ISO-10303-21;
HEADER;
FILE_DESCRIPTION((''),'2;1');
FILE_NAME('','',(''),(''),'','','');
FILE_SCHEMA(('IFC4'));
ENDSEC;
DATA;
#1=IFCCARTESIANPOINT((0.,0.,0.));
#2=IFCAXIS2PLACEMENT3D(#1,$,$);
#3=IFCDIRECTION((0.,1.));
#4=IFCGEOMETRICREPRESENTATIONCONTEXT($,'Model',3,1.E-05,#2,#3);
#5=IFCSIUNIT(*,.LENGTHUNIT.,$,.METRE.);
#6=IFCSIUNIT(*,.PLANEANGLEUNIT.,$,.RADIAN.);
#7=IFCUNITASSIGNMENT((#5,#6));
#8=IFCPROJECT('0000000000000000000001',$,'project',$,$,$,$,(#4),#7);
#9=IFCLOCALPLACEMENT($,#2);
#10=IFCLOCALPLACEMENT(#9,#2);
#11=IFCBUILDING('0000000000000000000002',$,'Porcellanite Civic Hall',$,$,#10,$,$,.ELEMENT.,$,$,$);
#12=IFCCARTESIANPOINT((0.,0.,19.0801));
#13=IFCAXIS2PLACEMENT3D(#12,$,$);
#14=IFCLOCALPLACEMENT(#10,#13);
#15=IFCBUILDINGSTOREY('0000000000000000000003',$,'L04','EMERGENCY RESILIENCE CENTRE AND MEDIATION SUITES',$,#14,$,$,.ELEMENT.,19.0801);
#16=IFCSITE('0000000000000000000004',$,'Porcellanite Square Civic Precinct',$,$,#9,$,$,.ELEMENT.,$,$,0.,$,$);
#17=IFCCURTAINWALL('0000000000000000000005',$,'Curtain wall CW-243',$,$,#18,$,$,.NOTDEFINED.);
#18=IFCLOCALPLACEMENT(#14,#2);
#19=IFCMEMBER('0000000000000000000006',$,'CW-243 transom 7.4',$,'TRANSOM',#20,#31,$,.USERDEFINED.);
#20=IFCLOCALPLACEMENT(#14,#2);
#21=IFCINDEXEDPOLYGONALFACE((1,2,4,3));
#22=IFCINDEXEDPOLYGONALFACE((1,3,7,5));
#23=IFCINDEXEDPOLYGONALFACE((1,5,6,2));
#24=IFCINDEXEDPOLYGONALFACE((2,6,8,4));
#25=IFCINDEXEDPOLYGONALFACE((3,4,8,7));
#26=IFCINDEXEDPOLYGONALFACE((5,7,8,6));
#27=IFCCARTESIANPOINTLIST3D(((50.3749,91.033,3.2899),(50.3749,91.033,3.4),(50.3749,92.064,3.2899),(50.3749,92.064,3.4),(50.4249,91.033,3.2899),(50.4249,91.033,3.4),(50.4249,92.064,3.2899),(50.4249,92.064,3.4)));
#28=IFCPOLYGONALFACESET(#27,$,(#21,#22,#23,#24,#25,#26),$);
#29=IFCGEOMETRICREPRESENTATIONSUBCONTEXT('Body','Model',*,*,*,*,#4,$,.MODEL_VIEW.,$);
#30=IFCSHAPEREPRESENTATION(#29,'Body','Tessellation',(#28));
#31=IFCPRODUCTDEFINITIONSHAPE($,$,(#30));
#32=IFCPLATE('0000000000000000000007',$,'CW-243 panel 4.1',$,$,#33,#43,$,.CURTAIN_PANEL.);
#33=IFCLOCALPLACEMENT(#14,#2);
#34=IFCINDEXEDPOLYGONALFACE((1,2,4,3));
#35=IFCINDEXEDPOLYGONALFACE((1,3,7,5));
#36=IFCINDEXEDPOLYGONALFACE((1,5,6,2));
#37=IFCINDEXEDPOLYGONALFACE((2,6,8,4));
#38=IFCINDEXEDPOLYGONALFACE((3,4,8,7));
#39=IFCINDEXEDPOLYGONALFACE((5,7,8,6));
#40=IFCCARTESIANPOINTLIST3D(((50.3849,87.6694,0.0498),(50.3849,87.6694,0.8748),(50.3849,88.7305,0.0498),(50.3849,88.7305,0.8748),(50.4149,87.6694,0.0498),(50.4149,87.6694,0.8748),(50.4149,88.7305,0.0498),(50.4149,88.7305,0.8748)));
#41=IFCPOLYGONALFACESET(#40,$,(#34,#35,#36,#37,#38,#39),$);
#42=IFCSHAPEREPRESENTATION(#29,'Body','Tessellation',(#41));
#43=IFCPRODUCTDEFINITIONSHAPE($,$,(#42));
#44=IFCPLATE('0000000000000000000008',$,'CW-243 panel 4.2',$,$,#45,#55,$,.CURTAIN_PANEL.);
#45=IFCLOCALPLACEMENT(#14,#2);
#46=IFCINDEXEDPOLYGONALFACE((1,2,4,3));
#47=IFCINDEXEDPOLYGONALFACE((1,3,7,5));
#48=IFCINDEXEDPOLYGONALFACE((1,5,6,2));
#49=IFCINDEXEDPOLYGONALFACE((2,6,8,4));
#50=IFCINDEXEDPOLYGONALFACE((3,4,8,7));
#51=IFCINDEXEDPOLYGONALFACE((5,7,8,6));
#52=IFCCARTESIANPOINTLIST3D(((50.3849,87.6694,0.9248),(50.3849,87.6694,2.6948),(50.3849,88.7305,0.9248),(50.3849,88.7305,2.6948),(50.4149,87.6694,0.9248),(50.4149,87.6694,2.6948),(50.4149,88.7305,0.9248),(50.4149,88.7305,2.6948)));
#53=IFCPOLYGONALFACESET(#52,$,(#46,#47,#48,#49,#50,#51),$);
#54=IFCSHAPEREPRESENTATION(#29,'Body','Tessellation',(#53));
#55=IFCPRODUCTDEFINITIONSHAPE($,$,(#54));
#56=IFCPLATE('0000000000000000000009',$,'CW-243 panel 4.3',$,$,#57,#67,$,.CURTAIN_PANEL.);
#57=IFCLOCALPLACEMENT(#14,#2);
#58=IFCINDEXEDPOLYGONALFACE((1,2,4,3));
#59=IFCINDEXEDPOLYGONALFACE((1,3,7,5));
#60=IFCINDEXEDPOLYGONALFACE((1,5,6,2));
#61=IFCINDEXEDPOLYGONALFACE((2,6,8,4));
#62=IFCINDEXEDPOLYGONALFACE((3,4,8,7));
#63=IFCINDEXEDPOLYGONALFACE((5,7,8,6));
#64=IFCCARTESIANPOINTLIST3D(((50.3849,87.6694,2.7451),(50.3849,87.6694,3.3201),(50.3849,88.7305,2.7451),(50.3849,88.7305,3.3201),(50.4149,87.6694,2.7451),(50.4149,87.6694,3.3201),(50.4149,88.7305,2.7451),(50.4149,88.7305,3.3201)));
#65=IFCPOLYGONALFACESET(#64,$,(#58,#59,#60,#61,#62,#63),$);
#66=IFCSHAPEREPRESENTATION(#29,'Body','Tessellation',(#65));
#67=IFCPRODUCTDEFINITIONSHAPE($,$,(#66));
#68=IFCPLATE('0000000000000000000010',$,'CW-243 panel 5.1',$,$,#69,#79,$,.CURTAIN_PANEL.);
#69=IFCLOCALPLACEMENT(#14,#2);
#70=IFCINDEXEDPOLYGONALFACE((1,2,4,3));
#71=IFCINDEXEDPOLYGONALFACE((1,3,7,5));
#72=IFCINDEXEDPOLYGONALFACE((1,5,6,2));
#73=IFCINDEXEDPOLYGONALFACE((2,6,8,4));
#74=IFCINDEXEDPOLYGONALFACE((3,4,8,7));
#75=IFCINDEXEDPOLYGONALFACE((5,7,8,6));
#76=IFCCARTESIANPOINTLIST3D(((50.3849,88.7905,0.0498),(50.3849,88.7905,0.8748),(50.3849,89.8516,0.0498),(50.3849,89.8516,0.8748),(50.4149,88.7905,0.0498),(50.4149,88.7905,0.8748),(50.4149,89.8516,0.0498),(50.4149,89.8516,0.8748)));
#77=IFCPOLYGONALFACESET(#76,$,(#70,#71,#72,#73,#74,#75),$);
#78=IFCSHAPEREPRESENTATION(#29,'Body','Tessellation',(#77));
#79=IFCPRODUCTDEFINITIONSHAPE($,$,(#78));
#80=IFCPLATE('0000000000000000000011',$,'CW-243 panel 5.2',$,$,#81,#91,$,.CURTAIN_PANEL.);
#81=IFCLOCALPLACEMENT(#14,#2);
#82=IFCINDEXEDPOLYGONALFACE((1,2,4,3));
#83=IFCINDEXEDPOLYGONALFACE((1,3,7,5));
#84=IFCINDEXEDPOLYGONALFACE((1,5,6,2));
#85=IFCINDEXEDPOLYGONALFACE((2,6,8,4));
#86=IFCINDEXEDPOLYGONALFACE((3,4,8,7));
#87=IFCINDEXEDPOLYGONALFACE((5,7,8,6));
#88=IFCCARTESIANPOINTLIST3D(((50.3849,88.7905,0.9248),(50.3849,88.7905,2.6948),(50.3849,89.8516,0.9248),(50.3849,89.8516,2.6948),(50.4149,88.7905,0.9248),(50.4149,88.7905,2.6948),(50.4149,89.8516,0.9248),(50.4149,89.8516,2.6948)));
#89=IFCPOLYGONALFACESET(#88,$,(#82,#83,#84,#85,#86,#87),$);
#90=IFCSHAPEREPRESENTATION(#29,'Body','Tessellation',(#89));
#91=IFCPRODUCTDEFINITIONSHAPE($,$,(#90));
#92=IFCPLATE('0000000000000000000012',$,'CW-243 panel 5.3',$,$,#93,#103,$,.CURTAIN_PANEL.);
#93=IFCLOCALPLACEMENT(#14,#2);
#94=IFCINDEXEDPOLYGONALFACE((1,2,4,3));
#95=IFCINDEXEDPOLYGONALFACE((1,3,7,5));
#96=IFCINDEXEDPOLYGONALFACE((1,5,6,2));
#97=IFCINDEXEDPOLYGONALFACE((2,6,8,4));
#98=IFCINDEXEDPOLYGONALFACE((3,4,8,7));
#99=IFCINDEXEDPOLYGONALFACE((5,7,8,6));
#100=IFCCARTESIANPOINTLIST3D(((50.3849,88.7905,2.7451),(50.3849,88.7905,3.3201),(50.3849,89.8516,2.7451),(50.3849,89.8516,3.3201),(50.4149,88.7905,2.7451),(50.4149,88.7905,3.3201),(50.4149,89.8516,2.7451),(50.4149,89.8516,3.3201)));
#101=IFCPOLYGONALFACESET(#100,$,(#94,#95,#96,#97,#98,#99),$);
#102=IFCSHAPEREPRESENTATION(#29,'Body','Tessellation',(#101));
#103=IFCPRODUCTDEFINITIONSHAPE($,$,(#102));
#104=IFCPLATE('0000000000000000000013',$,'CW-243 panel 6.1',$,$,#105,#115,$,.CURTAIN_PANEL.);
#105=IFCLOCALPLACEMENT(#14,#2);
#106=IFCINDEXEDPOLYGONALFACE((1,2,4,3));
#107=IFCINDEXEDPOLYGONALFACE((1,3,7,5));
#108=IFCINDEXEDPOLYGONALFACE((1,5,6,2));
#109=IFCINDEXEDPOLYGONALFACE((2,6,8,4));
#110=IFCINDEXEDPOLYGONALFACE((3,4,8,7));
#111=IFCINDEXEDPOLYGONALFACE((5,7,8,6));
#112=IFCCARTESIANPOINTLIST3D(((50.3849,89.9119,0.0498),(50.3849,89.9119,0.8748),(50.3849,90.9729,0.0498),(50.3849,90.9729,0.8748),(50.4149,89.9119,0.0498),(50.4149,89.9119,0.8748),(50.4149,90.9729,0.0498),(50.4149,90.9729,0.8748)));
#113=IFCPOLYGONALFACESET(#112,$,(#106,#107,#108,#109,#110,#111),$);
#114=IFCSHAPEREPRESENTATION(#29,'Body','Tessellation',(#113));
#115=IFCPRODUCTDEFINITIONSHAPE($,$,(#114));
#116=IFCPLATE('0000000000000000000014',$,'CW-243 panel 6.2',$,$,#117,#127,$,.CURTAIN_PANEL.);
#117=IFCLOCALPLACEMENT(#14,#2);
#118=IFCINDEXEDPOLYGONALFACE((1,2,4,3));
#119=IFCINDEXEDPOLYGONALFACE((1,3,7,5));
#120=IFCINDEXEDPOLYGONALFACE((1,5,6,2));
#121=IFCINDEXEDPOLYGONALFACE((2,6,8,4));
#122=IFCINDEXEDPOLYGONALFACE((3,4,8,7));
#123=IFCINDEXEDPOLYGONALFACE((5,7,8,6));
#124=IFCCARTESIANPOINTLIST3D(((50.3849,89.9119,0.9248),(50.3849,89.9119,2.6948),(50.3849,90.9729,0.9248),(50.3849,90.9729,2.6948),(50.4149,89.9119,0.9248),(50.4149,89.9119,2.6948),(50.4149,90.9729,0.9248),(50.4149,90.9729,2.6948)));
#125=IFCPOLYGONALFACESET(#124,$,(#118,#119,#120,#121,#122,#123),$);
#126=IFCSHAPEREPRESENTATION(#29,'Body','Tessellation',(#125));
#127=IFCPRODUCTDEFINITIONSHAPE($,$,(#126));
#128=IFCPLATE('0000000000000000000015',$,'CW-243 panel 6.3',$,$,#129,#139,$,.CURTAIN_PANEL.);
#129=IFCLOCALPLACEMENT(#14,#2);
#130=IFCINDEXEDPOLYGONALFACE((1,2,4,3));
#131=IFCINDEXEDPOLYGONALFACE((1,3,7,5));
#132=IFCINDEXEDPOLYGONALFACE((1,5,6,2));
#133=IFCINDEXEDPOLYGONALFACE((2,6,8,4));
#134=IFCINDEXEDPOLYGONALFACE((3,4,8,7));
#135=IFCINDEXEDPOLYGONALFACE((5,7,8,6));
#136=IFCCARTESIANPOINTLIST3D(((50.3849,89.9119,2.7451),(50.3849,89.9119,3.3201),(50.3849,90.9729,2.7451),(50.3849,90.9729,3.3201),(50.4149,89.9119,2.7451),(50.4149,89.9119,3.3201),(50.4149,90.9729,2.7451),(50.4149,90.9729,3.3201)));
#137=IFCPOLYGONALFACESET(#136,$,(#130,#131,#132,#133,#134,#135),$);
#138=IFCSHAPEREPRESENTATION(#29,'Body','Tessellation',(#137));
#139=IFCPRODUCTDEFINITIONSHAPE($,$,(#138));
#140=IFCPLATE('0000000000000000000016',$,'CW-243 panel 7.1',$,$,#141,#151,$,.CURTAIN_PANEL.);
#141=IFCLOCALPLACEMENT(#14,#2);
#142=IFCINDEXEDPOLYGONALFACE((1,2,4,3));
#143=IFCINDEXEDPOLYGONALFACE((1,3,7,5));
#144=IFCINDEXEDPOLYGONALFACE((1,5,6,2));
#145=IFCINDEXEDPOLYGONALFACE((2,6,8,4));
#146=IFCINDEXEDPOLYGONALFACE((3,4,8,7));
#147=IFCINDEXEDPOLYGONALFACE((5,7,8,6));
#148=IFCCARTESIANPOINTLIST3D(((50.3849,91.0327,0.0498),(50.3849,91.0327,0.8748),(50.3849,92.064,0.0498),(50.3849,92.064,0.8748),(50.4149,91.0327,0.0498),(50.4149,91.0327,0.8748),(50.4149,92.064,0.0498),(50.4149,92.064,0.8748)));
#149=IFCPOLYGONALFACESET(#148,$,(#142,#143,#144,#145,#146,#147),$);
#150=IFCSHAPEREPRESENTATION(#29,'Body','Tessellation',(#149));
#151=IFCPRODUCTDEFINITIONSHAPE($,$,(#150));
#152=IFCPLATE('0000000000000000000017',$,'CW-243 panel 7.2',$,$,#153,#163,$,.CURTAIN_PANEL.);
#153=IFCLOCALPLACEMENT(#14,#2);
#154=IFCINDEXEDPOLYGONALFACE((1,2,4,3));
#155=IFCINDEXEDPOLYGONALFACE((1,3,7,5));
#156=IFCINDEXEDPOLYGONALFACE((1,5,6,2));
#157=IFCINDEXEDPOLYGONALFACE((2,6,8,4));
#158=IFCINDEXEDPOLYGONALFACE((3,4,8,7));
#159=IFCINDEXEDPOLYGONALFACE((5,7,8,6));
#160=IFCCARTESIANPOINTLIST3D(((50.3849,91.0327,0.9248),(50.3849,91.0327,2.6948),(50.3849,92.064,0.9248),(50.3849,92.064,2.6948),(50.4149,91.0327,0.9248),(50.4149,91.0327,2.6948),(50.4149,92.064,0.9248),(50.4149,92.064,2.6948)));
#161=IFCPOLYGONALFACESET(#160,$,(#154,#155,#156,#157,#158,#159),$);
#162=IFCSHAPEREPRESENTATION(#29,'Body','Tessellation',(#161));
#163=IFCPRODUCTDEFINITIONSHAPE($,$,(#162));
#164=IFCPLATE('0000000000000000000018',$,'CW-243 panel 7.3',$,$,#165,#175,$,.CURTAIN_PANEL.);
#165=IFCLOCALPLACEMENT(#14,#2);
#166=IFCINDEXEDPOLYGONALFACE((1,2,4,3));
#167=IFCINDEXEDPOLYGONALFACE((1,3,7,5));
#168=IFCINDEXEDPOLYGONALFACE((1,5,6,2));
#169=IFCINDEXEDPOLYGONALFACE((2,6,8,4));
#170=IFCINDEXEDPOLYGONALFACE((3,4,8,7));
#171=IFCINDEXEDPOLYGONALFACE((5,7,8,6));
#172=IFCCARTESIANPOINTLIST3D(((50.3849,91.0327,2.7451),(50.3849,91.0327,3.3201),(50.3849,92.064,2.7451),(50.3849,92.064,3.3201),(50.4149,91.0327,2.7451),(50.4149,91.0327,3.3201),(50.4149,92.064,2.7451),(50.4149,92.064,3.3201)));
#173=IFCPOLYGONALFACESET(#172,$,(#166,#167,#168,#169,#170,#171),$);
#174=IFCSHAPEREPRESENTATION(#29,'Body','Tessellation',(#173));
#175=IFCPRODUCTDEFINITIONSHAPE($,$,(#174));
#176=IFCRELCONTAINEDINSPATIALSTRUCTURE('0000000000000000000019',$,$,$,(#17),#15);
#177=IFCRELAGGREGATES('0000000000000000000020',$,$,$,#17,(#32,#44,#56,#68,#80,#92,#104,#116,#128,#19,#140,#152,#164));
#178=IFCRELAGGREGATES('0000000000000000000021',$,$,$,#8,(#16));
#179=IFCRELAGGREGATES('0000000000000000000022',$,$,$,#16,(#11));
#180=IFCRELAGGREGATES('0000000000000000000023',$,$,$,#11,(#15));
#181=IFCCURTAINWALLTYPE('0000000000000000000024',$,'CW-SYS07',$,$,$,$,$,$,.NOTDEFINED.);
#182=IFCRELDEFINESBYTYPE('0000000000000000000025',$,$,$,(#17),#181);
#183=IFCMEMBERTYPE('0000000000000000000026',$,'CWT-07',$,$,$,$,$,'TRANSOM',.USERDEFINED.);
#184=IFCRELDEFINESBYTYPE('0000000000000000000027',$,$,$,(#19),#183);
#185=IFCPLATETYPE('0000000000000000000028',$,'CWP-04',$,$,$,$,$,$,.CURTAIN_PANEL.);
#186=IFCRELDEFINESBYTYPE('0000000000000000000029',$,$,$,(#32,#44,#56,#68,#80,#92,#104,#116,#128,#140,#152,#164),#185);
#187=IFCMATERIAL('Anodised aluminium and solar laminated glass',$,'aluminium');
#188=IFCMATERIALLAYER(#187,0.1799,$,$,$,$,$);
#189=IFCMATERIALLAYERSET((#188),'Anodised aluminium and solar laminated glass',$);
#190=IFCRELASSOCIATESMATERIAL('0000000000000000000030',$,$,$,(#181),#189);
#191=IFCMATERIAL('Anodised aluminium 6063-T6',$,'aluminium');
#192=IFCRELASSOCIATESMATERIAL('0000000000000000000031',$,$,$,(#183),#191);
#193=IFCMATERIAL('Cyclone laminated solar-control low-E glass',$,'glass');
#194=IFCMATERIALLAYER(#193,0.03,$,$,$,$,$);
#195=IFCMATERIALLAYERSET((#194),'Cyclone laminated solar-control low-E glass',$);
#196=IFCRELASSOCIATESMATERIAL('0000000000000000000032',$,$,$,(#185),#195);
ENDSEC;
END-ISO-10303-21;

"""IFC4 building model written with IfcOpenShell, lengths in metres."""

from ifc_helpers import new_model, si_unit, direction, frame, origin, origin_2d, place, context, subcontext, project, spatial, rectangle, extrude, material, layer, layer_set, material_profile, profile_set, type_object, element, aggregate, save


model = new_model("IFC4")

# Units and contexts
model_context = context("Model", 3, precision=1e-05, world=origin(), true_north=direction((0.0, 1.0)))
body_context = subcontext(model_context, "Body", "Model", "MODEL_VIEW")
ifc_project = project(units=[si_unit("LENGTHUNIT", "METRE"), si_unit("PLANEANGLEUNIT", "RADIAN")], contexts=[model_context])

# Site, building, storey
site_placement = place(None, origin())
site = spatial("IfcSite", under=ifc_project, at=site_placement, Name="Porcellanite Square Civic Precinct", CompositionType="ELEMENT", RefElevation=0.0)
building_placement = place(site_placement, origin())
building = spatial("IfcBuilding", under=site, at=building_placement, Name="Porcellanite Civic Hall", CompositionType="ELEMENT")
storey_placement = place(building_placement, frame((0.0, 0.0, 19.0801)))
storey = spatial("IfcBuildingStorey", under=building, at=storey_placement, Name="L04", Description="EMERGENCY RESILIENCE CENTRE AND MEDIATION SUITES", CompositionType="ELEMENT", Elevation=19.0801)

# Curtain wall, member, plates
ifc_material_1 = material(Name="Anodised aluminium and solar laminated glass", Category="aluminium")
ifc_layer_1 = layer(ifc_material_1, 0.1799)
ifc_layer_set_1 = layer_set([ifc_layer_1], Name="Anodised aluminium and solar laminated glass")
curtain_wall_type = type_object("IfcCurtainWallType", Name="CW-SYS07", PredefinedType="NOTDEFINED", material=ifc_layer_set_1)
curtain_wall_placement = place(storey_placement, origin())
curtain_wall = element("IfcCurtainWall", 1, at=curtain_wall_placement, inside=storey, type_object=curtain_wall_type, Name="Curtain wall CW-243", PredefinedType="NOTDEFINED")
ifc_material_2 = material(Name="Anodised aluminium 6063-T6", Category="aluminium")
ifc_material_profile_1 = material_profile(ifc_material_2, rectangle(XDim=0.05, YDim=0.1101, at=origin_2d()), Name="AL-50x110")
ifc_profile_set_1 = profile_set([ifc_material_profile_1], Name="Anodised aluminium 6063-T6")
member_type_1 = type_object("IfcMemberType", Name="CWT-07", ElementType="TRANSOM", PredefinedType="USERDEFINED", material=ifc_profile_set_1)
member_1_placement = place(storey_placement, frame((50.3999, 91.033, 3.345), z_axis=(0.0, 1.0, 0.0), x_axis=(-1.0, 0.0, 0.0)))
member_1 = element("IfcMember", 2, at=member_1_placement, type_object=member_type_1, Name="CW-243 transom 7.4", ObjectType="TRANSOM", PredefinedType="USERDEFINED", context=body_context, shape_type="SweptSolid", body=[
    extrude(rectangle(XDim=0.05, YDim=0.1101, at=origin_2d()), origin(), (0.0, 0.0, 1.0), 1.031),
])
ifc_material_3 = material(Name="Cyclone laminated solar-control low-E glass", Category="glass")
ifc_layer_2 = layer(ifc_material_3, 0.03)
ifc_layer_set_2 = layer_set([ifc_layer_2], Name="Cyclone laminated solar-control low-E glass")
plate_type = type_object("IfcPlateType", Name="CWP-04", PredefinedType="CURTAIN_PANEL", material=ifc_layer_set_2)
plate_1_placement = place(storey_placement, frame((50.3999, 88.2, 0.0498), z_axis=(0.0, 0.0, 1.0), x_axis=(0.0, 1.0, 0.0)))
plate_1 = element("IfcPlate", 3, at=plate_1_placement, type_object=plate_type, Name="CW-243 panel 4.1", PredefinedType="CURTAIN_PANEL", context=body_context, shape_type="SweptSolid", body=[
    extrude(rectangle(XDim=1.061, YDim=0.03, at=origin_2d()), origin(), (0.0, 0.0, 1.0), 0.825),
])
plate_2_placement = place(storey_placement, frame((50.3999, 88.2, 0.9248), z_axis=(0.0, 0.0, 1.0), x_axis=(0.0, 1.0, 0.0)))
plate_2 = element("IfcPlate", 4, at=plate_2_placement, type_object=plate_type, Name="CW-243 panel 4.2", PredefinedType="CURTAIN_PANEL", context=body_context, shape_type="SweptSolid", body=[
    extrude(rectangle(XDim=1.061, YDim=0.03, at=origin_2d()), origin(), (0.0, 0.0, 1.0), 1.77),
])
plate_3_placement = place(storey_placement, frame((50.3999, 88.2, 2.7451), z_axis=(0.0, 0.0, 1.0), x_axis=(0.0, 1.0, 0.0)))
plate_3 = element("IfcPlate", 5, at=plate_3_placement, type_object=plate_type, Name="CW-243 panel 4.3", PredefinedType="CURTAIN_PANEL", context=body_context, shape_type="SweptSolid", body=[
    extrude(rectangle(XDim=1.061, YDim=0.03, at=origin_2d()), origin(), (0.0, 0.0, 1.0), 0.575),
])
plate_4_placement = place(storey_placement, frame((50.3999, 89.321, 0.0498), z_axis=(0.0, 0.0, 1.0), x_axis=(0.0, 1.0, 0.0)))
plate_4 = element("IfcPlate", 6, at=plate_4_placement, type_object=plate_type, Name="CW-243 panel 5.1", PredefinedType="CURTAIN_PANEL", context=body_context, shape_type="SweptSolid", body=[
    extrude(rectangle(XDim=1.061, YDim=0.03, at=origin_2d()), origin(), (0.0, 0.0, 1.0), 0.825),
])
plate_5_placement = place(storey_placement, frame((50.3999, 89.321, 0.9248), z_axis=(0.0, 0.0, 1.0), x_axis=(0.0, 1.0, 0.0)))
plate_5 = element("IfcPlate", 7, at=plate_5_placement, type_object=plate_type, Name="CW-243 panel 5.2", PredefinedType="CURTAIN_PANEL", context=body_context, shape_type="SweptSolid", body=[
    extrude(rectangle(XDim=1.061, YDim=0.03, at=origin_2d()), origin(), (0.0, 0.0, 1.0), 1.77),
])
plate_6_placement = place(storey_placement, frame((50.3999, 89.321, 2.7451), z_axis=(0.0, 0.0, 1.0), x_axis=(0.0, 1.0, 0.0)))
plate_6 = element("IfcPlate", 8, at=plate_6_placement, type_object=plate_type, Name="CW-243 panel 5.3", PredefinedType="CURTAIN_PANEL", context=body_context, shape_type="SweptSolid", body=[
    extrude(rectangle(XDim=1.061, YDim=0.03, at=origin_2d()), origin(), (0.0, 0.0, 1.0), 0.575),
])
plate_7_placement = place(storey_placement, frame((50.3999, 90.4424, 0.0498), z_axis=(0.0, 0.0, 1.0), x_axis=(0.0, 1.0, 0.0)))
plate_7 = element("IfcPlate", 9, at=plate_7_placement, type_object=plate_type, Name="CW-243 panel 6.1", PredefinedType="CURTAIN_PANEL", context=body_context, shape_type="SweptSolid", body=[
    extrude(rectangle(XDim=1.061, YDim=0.03, at=origin_2d()), origin(), (0.0, 0.0, 1.0), 0.825),
])
plate_8_placement = place(storey_placement, frame((50.3999, 90.4424, 0.9248), z_axis=(0.0, 0.0, 1.0), x_axis=(0.0, 1.0, 0.0)))
plate_8 = element("IfcPlate", 10, at=plate_8_placement, type_object=plate_type, Name="CW-243 panel 6.2", PredefinedType="CURTAIN_PANEL", context=body_context, shape_type="SweptSolid", body=[
    extrude(rectangle(XDim=1.061, YDim=0.03, at=origin_2d()), origin(), (0.0, 0.0, 1.0), 1.77),
])
plate_9_placement = place(storey_placement, frame((50.3999, 90.4424, 2.7451), z_axis=(0.0, 0.0, 1.0), x_axis=(0.0, 1.0, 0.0)))
plate_9 = element("IfcPlate", 11, at=plate_9_placement, type_object=plate_type, Name="CW-243 panel 6.3", PredefinedType="CURTAIN_PANEL", context=body_context, shape_type="SweptSolid", body=[
    extrude(rectangle(XDim=1.061, YDim=0.03, at=origin_2d()), origin(), (0.0, 0.0, 1.0), 0.575),
])
plate_10_placement = place(storey_placement, frame((50.3999, 91.5483, 0.0498), z_axis=(0.0, 0.0, 1.0), x_axis=(0.0, 1.0, 0.0)))
plate_10 = element("IfcPlate", 12, at=plate_10_placement, type_object=plate_type, Name="CW-243 panel 7.1", PredefinedType="CURTAIN_PANEL", context=body_context, shape_type="SweptSolid", body=[
    extrude(rectangle(XDim=1.0312, YDim=0.03, at=origin_2d()), origin(), (0.0, 0.0, 1.0), 0.825),
])
plate_11_placement = place(storey_placement, frame((50.3999, 91.5483, 0.9248), z_axis=(0.0, 0.0, 1.0), x_axis=(0.0, 1.0, 0.0)))
plate_11 = element("IfcPlate", 13, at=plate_11_placement, type_object=plate_type, Name="CW-243 panel 7.2", PredefinedType="CURTAIN_PANEL", context=body_context, shape_type="SweptSolid", body=[
    extrude(rectangle(XDim=1.0312, YDim=0.03, at=origin_2d()), origin(), (0.0, 0.0, 1.0), 1.77),
])
plate_12_placement = place(storey_placement, frame((50.3999, 91.5483, 2.7451), z_axis=(0.0, 0.0, 1.0), x_axis=(0.0, 1.0, 0.0)))
plate_12 = element("IfcPlate", 14, at=plate_12_placement, type_object=plate_type, Name="CW-243 panel 7.3", PredefinedType="CURTAIN_PANEL", context=body_context, shape_type="SweptSolid", body=[
    extrude(rectangle(XDim=1.0312, YDim=0.03, at=origin_2d()), origin(), (0.0, 0.0, 1.0), 0.575),
])
aggregate(curtain_wall, [plate_1, plate_2, plate_3, plate_4, plate_5, plate_6, plate_7, plate_8, plate_9, member_1, plate_10, plate_11, plate_12])

save(model, "model.ifc")
